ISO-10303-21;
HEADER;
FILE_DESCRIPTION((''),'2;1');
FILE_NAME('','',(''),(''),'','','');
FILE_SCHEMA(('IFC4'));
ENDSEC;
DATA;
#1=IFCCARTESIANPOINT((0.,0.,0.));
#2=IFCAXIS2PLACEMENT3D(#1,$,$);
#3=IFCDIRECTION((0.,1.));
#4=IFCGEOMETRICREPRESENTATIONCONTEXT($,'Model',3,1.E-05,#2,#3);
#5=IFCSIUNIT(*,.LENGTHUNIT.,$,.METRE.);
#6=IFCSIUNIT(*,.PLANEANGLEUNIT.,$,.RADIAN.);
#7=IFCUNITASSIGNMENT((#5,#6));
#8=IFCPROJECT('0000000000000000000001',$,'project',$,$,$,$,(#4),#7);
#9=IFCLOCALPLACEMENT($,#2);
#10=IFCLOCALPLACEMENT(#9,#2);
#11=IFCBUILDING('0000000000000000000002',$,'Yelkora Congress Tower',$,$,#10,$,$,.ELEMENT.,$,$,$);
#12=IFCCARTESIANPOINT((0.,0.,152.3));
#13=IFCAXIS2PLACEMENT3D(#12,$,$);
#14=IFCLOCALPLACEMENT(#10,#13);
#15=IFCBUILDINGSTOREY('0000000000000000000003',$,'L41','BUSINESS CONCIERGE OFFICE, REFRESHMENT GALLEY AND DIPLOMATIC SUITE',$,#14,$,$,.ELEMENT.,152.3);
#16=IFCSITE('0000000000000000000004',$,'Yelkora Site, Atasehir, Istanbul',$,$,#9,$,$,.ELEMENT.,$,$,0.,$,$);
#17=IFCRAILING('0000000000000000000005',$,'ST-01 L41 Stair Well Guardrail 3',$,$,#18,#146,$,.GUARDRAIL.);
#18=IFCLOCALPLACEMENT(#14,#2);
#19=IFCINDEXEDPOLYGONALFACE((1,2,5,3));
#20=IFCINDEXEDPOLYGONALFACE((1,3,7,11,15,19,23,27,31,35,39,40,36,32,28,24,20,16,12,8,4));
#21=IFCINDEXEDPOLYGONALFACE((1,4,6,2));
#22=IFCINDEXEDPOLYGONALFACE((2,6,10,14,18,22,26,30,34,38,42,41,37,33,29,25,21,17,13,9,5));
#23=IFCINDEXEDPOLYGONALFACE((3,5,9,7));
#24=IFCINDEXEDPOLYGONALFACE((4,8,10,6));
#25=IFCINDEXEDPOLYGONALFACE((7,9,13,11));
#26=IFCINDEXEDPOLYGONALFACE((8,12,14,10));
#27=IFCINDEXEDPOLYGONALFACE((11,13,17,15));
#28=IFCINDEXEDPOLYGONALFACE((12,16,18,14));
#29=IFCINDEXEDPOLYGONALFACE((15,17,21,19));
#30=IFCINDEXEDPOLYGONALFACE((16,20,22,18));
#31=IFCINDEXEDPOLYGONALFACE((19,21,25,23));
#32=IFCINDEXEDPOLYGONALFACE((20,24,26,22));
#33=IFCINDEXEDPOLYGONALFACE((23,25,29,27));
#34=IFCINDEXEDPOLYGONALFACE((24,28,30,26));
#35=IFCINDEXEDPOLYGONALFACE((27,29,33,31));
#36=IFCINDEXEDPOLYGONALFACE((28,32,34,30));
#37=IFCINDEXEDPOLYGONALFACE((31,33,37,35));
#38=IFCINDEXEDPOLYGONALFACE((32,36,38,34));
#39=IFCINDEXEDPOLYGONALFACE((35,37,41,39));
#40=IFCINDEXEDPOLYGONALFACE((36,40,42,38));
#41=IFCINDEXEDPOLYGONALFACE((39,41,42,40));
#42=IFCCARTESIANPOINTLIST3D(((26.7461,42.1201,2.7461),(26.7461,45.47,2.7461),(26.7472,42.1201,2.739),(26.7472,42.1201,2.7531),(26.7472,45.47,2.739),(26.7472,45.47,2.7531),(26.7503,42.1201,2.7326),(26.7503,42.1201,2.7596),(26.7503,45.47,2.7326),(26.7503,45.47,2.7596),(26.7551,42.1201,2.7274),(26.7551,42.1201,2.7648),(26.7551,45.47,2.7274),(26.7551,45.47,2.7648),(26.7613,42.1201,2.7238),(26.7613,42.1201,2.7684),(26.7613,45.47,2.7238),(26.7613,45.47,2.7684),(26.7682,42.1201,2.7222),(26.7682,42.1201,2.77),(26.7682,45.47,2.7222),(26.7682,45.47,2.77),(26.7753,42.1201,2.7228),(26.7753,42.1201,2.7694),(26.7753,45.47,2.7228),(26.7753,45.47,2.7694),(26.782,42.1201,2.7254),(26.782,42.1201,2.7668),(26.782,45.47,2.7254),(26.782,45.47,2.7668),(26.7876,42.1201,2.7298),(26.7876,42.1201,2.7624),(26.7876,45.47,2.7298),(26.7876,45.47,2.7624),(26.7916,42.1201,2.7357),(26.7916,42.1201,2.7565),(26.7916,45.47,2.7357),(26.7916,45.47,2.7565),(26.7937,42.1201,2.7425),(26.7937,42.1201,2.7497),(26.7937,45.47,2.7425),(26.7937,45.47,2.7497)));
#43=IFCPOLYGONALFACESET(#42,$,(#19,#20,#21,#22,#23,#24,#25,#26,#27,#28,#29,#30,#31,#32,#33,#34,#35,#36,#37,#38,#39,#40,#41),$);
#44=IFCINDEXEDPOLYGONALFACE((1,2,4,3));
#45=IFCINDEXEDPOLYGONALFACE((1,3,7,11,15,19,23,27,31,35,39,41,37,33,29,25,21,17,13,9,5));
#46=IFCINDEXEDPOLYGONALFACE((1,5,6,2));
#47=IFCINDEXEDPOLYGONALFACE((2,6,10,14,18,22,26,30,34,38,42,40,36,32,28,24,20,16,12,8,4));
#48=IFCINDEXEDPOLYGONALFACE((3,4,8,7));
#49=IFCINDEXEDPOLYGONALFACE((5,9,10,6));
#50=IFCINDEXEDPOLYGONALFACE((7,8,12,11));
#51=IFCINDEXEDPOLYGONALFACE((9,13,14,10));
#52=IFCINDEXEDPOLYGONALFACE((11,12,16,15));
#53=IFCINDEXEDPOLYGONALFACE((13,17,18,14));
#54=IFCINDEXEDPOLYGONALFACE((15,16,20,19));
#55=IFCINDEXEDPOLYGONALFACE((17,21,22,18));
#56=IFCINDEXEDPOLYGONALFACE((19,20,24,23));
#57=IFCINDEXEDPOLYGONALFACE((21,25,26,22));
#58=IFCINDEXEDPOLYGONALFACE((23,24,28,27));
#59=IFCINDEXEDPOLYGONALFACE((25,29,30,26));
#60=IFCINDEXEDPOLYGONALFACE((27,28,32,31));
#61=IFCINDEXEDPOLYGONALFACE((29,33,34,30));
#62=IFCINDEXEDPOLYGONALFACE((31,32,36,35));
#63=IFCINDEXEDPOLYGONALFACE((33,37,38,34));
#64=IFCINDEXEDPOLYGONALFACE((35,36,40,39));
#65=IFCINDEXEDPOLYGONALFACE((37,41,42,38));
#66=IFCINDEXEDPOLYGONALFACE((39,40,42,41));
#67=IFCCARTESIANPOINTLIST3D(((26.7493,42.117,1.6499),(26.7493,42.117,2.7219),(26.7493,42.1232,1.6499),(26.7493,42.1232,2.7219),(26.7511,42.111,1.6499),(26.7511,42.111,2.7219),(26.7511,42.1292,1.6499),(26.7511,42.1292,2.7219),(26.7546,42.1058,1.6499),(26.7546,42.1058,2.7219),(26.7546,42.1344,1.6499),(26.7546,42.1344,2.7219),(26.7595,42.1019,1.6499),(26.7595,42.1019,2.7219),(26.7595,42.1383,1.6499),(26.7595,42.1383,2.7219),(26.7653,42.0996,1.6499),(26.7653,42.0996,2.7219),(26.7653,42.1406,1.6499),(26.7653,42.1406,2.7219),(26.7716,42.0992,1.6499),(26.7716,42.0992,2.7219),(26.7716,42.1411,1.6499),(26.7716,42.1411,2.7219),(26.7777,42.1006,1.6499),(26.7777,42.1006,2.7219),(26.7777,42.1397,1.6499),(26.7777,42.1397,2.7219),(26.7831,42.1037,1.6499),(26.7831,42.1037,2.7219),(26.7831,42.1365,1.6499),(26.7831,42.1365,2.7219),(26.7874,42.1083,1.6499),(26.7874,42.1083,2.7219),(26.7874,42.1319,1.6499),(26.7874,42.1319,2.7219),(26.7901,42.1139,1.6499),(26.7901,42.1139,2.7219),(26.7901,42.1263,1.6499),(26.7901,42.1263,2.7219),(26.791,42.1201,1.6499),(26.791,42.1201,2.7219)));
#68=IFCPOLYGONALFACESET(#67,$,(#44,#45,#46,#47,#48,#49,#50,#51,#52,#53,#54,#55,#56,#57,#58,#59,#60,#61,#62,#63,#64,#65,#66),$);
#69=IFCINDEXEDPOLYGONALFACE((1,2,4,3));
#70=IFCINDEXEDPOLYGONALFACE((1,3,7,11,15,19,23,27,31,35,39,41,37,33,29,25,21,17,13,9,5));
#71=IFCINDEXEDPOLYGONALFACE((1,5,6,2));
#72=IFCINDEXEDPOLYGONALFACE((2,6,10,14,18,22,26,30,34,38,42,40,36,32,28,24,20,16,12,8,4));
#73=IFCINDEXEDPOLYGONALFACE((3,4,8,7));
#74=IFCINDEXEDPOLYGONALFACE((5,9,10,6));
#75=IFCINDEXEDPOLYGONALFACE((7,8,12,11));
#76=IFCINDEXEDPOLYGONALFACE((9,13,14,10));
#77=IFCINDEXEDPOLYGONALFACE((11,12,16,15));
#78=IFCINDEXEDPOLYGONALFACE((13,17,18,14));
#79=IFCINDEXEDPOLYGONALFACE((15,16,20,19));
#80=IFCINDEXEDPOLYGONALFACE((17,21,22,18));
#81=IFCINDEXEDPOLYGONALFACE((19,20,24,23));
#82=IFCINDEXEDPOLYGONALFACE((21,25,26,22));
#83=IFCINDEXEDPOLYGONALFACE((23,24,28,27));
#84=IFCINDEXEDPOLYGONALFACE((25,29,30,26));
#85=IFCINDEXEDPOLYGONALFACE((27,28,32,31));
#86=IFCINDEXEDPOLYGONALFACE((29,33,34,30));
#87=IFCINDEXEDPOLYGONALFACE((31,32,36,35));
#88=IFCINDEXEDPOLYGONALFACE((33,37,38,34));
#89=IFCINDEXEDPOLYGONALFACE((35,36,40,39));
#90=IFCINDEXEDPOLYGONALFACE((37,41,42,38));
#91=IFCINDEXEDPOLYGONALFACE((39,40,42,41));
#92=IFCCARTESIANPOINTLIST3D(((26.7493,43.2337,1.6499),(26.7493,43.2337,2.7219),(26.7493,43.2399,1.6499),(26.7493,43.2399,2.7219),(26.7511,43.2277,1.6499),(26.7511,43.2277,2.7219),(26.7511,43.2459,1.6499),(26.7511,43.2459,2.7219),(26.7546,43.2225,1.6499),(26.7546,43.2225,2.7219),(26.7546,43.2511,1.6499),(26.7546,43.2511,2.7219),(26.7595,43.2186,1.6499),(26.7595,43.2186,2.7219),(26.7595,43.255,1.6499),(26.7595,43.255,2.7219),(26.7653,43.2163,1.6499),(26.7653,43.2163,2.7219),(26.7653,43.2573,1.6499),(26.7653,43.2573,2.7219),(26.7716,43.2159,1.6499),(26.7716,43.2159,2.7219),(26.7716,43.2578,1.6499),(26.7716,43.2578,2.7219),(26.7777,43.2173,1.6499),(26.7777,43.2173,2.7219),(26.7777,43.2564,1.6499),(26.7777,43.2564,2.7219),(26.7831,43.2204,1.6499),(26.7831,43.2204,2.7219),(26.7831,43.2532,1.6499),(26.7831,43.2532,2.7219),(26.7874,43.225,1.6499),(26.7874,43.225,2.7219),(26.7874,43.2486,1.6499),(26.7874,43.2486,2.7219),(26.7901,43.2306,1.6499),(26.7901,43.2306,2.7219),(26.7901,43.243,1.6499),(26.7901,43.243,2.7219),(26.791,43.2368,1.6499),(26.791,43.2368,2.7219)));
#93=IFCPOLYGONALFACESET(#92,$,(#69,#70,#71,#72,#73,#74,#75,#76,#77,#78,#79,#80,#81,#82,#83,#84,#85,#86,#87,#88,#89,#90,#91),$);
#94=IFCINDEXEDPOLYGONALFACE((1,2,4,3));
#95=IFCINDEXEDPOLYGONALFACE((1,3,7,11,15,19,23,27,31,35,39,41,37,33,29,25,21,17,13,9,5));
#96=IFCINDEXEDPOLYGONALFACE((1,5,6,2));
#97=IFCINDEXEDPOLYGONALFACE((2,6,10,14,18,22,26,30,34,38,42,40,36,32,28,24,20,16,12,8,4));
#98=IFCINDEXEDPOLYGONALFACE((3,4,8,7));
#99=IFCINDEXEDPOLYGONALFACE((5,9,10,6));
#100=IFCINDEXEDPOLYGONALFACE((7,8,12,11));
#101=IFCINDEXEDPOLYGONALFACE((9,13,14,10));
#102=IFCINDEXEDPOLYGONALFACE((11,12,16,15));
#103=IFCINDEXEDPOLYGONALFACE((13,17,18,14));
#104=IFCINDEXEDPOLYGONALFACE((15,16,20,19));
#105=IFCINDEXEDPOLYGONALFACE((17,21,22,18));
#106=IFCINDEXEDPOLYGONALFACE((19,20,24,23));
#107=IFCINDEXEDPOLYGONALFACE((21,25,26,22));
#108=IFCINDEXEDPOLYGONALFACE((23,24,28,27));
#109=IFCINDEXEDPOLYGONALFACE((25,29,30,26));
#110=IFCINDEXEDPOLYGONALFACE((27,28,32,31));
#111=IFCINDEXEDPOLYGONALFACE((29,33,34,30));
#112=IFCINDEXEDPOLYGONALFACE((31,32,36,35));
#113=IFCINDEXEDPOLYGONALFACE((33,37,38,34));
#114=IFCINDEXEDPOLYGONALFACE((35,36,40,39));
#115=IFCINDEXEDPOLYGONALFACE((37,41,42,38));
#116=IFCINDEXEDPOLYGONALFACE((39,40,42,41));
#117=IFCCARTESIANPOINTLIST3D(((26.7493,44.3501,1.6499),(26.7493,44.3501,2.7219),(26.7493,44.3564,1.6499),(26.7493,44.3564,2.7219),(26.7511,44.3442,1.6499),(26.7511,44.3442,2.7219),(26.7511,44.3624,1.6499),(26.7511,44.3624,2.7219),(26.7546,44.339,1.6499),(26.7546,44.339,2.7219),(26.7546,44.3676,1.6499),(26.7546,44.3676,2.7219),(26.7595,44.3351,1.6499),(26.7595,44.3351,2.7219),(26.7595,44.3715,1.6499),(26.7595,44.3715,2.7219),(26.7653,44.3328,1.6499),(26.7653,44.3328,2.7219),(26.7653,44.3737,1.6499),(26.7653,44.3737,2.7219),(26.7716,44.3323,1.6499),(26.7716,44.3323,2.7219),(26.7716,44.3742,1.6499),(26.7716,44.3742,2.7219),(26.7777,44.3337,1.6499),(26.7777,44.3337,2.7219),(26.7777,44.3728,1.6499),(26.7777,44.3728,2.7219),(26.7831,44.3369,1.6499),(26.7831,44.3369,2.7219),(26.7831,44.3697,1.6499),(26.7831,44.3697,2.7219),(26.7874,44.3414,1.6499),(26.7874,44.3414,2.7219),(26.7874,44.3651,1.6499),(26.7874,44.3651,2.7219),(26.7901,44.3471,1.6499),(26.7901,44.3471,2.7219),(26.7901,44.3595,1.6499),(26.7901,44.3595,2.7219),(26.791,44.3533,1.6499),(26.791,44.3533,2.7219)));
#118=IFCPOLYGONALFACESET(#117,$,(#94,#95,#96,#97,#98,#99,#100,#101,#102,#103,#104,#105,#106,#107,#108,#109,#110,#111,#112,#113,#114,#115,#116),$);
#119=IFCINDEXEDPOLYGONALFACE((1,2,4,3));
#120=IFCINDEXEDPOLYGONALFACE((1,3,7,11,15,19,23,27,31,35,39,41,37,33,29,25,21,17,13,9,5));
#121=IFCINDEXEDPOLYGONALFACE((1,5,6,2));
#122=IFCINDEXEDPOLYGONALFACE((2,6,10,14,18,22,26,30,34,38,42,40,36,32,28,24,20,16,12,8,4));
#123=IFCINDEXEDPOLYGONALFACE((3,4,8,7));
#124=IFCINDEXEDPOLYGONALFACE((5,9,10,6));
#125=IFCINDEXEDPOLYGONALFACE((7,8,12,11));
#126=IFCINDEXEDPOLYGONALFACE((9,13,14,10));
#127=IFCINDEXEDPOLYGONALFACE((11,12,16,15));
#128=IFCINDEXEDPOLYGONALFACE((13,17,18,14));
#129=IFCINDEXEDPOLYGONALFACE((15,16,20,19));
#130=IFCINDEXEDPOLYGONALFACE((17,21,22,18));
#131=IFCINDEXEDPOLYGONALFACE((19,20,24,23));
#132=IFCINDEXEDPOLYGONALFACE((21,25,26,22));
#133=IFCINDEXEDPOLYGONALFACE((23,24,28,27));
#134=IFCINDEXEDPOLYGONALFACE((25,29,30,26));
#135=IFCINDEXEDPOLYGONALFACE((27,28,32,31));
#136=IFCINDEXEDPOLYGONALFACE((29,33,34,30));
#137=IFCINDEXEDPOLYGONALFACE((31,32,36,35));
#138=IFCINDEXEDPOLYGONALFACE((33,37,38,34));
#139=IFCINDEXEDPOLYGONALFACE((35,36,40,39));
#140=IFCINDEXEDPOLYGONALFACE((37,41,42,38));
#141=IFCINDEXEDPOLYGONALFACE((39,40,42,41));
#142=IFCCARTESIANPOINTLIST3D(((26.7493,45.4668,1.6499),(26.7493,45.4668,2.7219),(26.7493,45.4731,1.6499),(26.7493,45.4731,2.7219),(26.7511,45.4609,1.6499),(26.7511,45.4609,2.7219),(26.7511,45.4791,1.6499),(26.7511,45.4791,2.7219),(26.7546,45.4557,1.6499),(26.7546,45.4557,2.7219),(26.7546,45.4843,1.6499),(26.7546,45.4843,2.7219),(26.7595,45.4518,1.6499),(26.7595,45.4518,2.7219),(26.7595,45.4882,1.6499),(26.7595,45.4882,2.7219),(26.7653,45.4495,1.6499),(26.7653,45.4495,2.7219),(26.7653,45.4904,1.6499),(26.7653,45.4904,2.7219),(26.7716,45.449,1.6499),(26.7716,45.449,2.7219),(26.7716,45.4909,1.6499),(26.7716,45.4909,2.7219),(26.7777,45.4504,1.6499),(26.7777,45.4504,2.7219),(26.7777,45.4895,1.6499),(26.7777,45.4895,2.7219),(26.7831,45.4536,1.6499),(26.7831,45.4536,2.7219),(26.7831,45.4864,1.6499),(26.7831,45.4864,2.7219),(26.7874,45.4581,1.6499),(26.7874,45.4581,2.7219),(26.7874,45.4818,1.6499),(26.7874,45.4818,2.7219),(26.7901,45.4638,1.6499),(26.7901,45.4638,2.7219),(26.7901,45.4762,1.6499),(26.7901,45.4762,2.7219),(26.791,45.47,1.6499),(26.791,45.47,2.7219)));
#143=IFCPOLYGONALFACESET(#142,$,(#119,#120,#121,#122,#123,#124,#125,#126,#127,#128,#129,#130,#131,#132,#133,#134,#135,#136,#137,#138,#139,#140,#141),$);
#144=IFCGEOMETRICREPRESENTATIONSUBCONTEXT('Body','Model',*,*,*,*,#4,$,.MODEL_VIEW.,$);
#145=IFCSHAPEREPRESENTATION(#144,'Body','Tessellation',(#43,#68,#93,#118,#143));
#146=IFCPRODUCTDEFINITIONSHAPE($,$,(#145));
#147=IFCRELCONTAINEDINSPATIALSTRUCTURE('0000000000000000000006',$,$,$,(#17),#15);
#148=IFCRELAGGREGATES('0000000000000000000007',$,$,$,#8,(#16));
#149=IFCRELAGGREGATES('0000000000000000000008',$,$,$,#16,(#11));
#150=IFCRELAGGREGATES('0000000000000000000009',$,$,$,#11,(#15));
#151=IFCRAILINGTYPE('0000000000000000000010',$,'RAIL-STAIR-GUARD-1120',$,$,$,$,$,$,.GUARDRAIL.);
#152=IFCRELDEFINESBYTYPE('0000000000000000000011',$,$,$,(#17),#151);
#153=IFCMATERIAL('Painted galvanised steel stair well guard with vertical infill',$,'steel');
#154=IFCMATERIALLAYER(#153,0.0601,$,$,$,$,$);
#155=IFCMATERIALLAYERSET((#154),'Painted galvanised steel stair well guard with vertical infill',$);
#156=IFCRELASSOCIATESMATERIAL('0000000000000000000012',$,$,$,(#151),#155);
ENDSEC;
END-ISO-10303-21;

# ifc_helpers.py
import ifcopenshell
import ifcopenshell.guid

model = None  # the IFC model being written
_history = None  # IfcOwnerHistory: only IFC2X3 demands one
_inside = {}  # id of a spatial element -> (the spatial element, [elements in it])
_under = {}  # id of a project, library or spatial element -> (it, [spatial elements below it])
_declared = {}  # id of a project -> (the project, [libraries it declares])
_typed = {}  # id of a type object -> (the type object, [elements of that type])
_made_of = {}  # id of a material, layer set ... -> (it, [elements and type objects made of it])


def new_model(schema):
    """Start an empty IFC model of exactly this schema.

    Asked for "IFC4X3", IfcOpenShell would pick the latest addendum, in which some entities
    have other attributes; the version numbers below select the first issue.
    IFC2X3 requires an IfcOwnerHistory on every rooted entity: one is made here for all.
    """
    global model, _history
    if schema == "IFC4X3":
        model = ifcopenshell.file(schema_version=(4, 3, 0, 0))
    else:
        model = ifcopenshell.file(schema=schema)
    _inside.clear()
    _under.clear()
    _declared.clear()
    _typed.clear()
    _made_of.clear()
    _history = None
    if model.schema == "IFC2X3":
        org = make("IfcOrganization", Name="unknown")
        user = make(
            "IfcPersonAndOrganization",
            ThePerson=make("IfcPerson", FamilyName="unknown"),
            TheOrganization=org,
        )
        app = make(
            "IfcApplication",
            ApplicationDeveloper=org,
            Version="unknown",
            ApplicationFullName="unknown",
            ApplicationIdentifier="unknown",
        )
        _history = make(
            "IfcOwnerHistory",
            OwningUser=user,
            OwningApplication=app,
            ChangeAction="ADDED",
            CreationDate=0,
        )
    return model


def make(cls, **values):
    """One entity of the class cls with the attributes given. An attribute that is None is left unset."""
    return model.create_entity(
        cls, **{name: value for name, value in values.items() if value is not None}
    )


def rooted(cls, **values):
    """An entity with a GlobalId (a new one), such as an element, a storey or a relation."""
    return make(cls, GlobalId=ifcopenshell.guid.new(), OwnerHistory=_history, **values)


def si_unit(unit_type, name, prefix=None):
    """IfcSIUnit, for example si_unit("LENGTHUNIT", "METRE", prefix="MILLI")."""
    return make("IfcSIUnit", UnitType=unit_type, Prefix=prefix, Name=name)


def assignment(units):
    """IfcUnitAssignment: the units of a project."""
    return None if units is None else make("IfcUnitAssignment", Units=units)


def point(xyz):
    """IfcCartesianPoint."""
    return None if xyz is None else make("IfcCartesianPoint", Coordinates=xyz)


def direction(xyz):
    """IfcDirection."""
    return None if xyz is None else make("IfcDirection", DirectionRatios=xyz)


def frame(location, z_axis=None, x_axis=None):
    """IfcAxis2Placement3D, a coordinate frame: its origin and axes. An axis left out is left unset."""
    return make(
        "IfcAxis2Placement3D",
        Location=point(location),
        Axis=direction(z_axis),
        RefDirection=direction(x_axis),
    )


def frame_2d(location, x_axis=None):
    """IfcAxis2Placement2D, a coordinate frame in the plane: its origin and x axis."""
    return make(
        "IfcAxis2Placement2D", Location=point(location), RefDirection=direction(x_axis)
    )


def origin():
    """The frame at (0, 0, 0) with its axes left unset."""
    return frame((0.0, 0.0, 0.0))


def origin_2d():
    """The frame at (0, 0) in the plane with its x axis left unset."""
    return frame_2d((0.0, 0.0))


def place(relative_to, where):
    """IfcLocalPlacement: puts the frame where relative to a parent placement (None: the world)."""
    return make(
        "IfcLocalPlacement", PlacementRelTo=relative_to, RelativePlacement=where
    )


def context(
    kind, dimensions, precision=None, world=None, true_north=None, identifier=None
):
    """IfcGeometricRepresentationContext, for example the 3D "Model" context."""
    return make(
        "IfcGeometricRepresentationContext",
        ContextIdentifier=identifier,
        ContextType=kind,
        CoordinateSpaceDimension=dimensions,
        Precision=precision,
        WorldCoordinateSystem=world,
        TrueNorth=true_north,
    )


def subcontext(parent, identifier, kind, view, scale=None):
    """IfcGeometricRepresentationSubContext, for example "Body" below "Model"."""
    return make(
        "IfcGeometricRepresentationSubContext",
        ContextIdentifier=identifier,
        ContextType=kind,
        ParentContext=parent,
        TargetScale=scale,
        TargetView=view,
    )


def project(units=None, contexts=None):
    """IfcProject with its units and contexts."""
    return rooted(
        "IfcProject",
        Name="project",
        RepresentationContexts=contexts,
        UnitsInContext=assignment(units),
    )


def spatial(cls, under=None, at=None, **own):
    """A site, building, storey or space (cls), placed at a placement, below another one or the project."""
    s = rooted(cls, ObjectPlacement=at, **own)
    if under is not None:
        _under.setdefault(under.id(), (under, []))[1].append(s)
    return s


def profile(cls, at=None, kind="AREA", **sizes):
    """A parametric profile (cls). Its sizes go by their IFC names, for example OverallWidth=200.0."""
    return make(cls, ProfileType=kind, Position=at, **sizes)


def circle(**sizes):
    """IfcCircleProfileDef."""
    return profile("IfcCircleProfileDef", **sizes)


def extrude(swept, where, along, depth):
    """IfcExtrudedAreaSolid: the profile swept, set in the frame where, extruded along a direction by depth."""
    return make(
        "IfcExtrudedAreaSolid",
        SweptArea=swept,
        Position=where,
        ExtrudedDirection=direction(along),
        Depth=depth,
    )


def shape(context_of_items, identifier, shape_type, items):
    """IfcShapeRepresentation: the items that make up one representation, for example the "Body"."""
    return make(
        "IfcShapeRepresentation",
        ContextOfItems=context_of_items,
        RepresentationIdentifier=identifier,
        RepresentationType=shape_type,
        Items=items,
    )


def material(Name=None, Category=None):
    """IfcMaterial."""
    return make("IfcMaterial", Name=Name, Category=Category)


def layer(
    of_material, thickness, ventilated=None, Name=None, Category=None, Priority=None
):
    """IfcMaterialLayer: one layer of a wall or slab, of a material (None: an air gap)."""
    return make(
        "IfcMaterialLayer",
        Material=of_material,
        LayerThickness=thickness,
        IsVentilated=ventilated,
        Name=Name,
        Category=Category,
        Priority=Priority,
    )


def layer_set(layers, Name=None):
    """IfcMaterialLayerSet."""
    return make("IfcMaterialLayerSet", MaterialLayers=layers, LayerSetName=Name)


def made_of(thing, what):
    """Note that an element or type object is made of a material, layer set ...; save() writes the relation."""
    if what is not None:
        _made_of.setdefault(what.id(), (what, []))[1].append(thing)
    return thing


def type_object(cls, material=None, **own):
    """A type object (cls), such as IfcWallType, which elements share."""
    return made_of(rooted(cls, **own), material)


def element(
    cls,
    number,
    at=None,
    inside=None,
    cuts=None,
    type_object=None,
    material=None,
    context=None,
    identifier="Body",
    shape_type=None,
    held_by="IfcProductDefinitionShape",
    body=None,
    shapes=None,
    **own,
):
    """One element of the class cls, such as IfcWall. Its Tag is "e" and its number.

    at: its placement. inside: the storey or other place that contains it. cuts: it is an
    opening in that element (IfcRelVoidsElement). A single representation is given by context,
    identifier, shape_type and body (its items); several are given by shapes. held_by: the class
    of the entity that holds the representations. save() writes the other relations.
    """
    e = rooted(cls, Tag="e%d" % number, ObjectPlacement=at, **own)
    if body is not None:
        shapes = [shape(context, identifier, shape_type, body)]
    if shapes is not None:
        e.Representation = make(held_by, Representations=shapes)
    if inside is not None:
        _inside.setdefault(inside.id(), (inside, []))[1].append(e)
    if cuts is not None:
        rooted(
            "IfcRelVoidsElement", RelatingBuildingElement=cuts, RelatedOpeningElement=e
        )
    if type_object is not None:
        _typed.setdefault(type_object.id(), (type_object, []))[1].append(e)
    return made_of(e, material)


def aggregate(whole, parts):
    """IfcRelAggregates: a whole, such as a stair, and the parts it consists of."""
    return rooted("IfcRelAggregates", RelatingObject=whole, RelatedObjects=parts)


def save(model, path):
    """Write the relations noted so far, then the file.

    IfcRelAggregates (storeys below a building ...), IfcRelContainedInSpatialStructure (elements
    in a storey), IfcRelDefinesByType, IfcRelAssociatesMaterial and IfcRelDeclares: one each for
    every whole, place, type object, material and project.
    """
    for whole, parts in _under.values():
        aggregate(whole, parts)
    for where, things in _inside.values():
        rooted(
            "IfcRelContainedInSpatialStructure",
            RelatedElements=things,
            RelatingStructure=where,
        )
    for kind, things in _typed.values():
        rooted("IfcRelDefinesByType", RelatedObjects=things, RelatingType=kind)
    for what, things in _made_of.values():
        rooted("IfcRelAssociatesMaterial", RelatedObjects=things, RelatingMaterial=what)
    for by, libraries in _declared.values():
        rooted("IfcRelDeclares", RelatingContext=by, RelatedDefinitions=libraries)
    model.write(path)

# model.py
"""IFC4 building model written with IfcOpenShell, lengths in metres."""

from ifc_helpers import new_model, si_unit, direction, frame, origin, origin_2d, place, context, subcontext, project, spatial, circle, extrude, material, layer, layer_set, type_object, element, save


model = new_model("IFC4")

# Units and contexts
model_context = context("Model", 3, precision=1e-05, world=origin(), true_north=direction((0.0, 1.0)))
body_context = subcontext(model_context, "Body", "Model", "MODEL_VIEW")
ifc_project = project(units=[si_unit("LENGTHUNIT", "METRE"), si_unit("PLANEANGLEUNIT", "RADIAN")], contexts=[model_context])

# Site, building, storey
site_placement = place(None, origin())
site = spatial("IfcSite", under=ifc_project, at=site_placement, Name="Yelkora Site, Atasehir, Istanbul", CompositionType="ELEMENT", RefElevation=0.0)
building_placement = place(site_placement, origin())
building = spatial("IfcBuilding", under=site, at=building_placement, Name="Yelkora Congress Tower", CompositionType="ELEMENT")
storey_placement = place(building_placement, frame((0.0, 0.0, 152.3)))
storey = spatial("IfcBuildingStorey", under=building, at=storey_placement, Name="L41", Description="BUSINESS CONCIERGE OFFICE, REFRESHMENT GALLEY AND DIPLOMATIC SUITE", CompositionType="ELEMENT", Elevation=152.3)

# Railing
ifc_material_1 = material(Name="Painted galvanised steel stair well guard with vertical infill", Category="steel")
ifc_layer_1 = layer(ifc_material_1, 0.0601)
ifc_layer_set_1 = layer_set([ifc_layer_1], Name="Painted galvanised steel stair well guard with vertical infill")
railing_type_1 = type_object("IfcRailingType", Name="RAIL-STAIR-GUARD-1120", PredefinedType="GUARDRAIL", material=ifc_layer_set_1)
for number, where, name in (
    (1, (26.77, 42.1201, 1.6499), "ST-01 L41 Stair Well Guardrail 3"),
):
    element("IfcRailing", number, at=place(storey_placement, frame(where)), inside=storey, type_object=railing_type_1, Name=name, PredefinedType="GUARDRAIL", context=body_context, shape_type="SweptSolid", body=[
        extrude(circle(Radius=0.0239, at=origin_2d()), frame((0.0, 0.0, 1.0962), z_axis=(0.0, 1.0, 0.0), x_axis=(-1.0, 0.0, 0.0)), (0.0, 0.0, 1.0), 3.3499),
        extrude(circle(Radius=0.021, at=origin_2d()), origin(), (0.0, 0.0, 1.0), 1.072),
        extrude(circle(Radius=0.021, at=origin_2d()), frame((0.0, 1.1167, 0.0)), (0.0, 0.0, 1.0), 1.072),
        extrude(circle(Radius=0.021, at=origin_2d()), frame((0.0, 2.2332, 0.0)), (0.0, 0.0, 1.0), 1.072),
        extrude(circle(Radius=0.021, at=origin_2d()), frame((0.0, 3.3499, 0.0)), (0.0, 0.0, 1.0), 1.072),
    ])

save(model, "model.ifc")
